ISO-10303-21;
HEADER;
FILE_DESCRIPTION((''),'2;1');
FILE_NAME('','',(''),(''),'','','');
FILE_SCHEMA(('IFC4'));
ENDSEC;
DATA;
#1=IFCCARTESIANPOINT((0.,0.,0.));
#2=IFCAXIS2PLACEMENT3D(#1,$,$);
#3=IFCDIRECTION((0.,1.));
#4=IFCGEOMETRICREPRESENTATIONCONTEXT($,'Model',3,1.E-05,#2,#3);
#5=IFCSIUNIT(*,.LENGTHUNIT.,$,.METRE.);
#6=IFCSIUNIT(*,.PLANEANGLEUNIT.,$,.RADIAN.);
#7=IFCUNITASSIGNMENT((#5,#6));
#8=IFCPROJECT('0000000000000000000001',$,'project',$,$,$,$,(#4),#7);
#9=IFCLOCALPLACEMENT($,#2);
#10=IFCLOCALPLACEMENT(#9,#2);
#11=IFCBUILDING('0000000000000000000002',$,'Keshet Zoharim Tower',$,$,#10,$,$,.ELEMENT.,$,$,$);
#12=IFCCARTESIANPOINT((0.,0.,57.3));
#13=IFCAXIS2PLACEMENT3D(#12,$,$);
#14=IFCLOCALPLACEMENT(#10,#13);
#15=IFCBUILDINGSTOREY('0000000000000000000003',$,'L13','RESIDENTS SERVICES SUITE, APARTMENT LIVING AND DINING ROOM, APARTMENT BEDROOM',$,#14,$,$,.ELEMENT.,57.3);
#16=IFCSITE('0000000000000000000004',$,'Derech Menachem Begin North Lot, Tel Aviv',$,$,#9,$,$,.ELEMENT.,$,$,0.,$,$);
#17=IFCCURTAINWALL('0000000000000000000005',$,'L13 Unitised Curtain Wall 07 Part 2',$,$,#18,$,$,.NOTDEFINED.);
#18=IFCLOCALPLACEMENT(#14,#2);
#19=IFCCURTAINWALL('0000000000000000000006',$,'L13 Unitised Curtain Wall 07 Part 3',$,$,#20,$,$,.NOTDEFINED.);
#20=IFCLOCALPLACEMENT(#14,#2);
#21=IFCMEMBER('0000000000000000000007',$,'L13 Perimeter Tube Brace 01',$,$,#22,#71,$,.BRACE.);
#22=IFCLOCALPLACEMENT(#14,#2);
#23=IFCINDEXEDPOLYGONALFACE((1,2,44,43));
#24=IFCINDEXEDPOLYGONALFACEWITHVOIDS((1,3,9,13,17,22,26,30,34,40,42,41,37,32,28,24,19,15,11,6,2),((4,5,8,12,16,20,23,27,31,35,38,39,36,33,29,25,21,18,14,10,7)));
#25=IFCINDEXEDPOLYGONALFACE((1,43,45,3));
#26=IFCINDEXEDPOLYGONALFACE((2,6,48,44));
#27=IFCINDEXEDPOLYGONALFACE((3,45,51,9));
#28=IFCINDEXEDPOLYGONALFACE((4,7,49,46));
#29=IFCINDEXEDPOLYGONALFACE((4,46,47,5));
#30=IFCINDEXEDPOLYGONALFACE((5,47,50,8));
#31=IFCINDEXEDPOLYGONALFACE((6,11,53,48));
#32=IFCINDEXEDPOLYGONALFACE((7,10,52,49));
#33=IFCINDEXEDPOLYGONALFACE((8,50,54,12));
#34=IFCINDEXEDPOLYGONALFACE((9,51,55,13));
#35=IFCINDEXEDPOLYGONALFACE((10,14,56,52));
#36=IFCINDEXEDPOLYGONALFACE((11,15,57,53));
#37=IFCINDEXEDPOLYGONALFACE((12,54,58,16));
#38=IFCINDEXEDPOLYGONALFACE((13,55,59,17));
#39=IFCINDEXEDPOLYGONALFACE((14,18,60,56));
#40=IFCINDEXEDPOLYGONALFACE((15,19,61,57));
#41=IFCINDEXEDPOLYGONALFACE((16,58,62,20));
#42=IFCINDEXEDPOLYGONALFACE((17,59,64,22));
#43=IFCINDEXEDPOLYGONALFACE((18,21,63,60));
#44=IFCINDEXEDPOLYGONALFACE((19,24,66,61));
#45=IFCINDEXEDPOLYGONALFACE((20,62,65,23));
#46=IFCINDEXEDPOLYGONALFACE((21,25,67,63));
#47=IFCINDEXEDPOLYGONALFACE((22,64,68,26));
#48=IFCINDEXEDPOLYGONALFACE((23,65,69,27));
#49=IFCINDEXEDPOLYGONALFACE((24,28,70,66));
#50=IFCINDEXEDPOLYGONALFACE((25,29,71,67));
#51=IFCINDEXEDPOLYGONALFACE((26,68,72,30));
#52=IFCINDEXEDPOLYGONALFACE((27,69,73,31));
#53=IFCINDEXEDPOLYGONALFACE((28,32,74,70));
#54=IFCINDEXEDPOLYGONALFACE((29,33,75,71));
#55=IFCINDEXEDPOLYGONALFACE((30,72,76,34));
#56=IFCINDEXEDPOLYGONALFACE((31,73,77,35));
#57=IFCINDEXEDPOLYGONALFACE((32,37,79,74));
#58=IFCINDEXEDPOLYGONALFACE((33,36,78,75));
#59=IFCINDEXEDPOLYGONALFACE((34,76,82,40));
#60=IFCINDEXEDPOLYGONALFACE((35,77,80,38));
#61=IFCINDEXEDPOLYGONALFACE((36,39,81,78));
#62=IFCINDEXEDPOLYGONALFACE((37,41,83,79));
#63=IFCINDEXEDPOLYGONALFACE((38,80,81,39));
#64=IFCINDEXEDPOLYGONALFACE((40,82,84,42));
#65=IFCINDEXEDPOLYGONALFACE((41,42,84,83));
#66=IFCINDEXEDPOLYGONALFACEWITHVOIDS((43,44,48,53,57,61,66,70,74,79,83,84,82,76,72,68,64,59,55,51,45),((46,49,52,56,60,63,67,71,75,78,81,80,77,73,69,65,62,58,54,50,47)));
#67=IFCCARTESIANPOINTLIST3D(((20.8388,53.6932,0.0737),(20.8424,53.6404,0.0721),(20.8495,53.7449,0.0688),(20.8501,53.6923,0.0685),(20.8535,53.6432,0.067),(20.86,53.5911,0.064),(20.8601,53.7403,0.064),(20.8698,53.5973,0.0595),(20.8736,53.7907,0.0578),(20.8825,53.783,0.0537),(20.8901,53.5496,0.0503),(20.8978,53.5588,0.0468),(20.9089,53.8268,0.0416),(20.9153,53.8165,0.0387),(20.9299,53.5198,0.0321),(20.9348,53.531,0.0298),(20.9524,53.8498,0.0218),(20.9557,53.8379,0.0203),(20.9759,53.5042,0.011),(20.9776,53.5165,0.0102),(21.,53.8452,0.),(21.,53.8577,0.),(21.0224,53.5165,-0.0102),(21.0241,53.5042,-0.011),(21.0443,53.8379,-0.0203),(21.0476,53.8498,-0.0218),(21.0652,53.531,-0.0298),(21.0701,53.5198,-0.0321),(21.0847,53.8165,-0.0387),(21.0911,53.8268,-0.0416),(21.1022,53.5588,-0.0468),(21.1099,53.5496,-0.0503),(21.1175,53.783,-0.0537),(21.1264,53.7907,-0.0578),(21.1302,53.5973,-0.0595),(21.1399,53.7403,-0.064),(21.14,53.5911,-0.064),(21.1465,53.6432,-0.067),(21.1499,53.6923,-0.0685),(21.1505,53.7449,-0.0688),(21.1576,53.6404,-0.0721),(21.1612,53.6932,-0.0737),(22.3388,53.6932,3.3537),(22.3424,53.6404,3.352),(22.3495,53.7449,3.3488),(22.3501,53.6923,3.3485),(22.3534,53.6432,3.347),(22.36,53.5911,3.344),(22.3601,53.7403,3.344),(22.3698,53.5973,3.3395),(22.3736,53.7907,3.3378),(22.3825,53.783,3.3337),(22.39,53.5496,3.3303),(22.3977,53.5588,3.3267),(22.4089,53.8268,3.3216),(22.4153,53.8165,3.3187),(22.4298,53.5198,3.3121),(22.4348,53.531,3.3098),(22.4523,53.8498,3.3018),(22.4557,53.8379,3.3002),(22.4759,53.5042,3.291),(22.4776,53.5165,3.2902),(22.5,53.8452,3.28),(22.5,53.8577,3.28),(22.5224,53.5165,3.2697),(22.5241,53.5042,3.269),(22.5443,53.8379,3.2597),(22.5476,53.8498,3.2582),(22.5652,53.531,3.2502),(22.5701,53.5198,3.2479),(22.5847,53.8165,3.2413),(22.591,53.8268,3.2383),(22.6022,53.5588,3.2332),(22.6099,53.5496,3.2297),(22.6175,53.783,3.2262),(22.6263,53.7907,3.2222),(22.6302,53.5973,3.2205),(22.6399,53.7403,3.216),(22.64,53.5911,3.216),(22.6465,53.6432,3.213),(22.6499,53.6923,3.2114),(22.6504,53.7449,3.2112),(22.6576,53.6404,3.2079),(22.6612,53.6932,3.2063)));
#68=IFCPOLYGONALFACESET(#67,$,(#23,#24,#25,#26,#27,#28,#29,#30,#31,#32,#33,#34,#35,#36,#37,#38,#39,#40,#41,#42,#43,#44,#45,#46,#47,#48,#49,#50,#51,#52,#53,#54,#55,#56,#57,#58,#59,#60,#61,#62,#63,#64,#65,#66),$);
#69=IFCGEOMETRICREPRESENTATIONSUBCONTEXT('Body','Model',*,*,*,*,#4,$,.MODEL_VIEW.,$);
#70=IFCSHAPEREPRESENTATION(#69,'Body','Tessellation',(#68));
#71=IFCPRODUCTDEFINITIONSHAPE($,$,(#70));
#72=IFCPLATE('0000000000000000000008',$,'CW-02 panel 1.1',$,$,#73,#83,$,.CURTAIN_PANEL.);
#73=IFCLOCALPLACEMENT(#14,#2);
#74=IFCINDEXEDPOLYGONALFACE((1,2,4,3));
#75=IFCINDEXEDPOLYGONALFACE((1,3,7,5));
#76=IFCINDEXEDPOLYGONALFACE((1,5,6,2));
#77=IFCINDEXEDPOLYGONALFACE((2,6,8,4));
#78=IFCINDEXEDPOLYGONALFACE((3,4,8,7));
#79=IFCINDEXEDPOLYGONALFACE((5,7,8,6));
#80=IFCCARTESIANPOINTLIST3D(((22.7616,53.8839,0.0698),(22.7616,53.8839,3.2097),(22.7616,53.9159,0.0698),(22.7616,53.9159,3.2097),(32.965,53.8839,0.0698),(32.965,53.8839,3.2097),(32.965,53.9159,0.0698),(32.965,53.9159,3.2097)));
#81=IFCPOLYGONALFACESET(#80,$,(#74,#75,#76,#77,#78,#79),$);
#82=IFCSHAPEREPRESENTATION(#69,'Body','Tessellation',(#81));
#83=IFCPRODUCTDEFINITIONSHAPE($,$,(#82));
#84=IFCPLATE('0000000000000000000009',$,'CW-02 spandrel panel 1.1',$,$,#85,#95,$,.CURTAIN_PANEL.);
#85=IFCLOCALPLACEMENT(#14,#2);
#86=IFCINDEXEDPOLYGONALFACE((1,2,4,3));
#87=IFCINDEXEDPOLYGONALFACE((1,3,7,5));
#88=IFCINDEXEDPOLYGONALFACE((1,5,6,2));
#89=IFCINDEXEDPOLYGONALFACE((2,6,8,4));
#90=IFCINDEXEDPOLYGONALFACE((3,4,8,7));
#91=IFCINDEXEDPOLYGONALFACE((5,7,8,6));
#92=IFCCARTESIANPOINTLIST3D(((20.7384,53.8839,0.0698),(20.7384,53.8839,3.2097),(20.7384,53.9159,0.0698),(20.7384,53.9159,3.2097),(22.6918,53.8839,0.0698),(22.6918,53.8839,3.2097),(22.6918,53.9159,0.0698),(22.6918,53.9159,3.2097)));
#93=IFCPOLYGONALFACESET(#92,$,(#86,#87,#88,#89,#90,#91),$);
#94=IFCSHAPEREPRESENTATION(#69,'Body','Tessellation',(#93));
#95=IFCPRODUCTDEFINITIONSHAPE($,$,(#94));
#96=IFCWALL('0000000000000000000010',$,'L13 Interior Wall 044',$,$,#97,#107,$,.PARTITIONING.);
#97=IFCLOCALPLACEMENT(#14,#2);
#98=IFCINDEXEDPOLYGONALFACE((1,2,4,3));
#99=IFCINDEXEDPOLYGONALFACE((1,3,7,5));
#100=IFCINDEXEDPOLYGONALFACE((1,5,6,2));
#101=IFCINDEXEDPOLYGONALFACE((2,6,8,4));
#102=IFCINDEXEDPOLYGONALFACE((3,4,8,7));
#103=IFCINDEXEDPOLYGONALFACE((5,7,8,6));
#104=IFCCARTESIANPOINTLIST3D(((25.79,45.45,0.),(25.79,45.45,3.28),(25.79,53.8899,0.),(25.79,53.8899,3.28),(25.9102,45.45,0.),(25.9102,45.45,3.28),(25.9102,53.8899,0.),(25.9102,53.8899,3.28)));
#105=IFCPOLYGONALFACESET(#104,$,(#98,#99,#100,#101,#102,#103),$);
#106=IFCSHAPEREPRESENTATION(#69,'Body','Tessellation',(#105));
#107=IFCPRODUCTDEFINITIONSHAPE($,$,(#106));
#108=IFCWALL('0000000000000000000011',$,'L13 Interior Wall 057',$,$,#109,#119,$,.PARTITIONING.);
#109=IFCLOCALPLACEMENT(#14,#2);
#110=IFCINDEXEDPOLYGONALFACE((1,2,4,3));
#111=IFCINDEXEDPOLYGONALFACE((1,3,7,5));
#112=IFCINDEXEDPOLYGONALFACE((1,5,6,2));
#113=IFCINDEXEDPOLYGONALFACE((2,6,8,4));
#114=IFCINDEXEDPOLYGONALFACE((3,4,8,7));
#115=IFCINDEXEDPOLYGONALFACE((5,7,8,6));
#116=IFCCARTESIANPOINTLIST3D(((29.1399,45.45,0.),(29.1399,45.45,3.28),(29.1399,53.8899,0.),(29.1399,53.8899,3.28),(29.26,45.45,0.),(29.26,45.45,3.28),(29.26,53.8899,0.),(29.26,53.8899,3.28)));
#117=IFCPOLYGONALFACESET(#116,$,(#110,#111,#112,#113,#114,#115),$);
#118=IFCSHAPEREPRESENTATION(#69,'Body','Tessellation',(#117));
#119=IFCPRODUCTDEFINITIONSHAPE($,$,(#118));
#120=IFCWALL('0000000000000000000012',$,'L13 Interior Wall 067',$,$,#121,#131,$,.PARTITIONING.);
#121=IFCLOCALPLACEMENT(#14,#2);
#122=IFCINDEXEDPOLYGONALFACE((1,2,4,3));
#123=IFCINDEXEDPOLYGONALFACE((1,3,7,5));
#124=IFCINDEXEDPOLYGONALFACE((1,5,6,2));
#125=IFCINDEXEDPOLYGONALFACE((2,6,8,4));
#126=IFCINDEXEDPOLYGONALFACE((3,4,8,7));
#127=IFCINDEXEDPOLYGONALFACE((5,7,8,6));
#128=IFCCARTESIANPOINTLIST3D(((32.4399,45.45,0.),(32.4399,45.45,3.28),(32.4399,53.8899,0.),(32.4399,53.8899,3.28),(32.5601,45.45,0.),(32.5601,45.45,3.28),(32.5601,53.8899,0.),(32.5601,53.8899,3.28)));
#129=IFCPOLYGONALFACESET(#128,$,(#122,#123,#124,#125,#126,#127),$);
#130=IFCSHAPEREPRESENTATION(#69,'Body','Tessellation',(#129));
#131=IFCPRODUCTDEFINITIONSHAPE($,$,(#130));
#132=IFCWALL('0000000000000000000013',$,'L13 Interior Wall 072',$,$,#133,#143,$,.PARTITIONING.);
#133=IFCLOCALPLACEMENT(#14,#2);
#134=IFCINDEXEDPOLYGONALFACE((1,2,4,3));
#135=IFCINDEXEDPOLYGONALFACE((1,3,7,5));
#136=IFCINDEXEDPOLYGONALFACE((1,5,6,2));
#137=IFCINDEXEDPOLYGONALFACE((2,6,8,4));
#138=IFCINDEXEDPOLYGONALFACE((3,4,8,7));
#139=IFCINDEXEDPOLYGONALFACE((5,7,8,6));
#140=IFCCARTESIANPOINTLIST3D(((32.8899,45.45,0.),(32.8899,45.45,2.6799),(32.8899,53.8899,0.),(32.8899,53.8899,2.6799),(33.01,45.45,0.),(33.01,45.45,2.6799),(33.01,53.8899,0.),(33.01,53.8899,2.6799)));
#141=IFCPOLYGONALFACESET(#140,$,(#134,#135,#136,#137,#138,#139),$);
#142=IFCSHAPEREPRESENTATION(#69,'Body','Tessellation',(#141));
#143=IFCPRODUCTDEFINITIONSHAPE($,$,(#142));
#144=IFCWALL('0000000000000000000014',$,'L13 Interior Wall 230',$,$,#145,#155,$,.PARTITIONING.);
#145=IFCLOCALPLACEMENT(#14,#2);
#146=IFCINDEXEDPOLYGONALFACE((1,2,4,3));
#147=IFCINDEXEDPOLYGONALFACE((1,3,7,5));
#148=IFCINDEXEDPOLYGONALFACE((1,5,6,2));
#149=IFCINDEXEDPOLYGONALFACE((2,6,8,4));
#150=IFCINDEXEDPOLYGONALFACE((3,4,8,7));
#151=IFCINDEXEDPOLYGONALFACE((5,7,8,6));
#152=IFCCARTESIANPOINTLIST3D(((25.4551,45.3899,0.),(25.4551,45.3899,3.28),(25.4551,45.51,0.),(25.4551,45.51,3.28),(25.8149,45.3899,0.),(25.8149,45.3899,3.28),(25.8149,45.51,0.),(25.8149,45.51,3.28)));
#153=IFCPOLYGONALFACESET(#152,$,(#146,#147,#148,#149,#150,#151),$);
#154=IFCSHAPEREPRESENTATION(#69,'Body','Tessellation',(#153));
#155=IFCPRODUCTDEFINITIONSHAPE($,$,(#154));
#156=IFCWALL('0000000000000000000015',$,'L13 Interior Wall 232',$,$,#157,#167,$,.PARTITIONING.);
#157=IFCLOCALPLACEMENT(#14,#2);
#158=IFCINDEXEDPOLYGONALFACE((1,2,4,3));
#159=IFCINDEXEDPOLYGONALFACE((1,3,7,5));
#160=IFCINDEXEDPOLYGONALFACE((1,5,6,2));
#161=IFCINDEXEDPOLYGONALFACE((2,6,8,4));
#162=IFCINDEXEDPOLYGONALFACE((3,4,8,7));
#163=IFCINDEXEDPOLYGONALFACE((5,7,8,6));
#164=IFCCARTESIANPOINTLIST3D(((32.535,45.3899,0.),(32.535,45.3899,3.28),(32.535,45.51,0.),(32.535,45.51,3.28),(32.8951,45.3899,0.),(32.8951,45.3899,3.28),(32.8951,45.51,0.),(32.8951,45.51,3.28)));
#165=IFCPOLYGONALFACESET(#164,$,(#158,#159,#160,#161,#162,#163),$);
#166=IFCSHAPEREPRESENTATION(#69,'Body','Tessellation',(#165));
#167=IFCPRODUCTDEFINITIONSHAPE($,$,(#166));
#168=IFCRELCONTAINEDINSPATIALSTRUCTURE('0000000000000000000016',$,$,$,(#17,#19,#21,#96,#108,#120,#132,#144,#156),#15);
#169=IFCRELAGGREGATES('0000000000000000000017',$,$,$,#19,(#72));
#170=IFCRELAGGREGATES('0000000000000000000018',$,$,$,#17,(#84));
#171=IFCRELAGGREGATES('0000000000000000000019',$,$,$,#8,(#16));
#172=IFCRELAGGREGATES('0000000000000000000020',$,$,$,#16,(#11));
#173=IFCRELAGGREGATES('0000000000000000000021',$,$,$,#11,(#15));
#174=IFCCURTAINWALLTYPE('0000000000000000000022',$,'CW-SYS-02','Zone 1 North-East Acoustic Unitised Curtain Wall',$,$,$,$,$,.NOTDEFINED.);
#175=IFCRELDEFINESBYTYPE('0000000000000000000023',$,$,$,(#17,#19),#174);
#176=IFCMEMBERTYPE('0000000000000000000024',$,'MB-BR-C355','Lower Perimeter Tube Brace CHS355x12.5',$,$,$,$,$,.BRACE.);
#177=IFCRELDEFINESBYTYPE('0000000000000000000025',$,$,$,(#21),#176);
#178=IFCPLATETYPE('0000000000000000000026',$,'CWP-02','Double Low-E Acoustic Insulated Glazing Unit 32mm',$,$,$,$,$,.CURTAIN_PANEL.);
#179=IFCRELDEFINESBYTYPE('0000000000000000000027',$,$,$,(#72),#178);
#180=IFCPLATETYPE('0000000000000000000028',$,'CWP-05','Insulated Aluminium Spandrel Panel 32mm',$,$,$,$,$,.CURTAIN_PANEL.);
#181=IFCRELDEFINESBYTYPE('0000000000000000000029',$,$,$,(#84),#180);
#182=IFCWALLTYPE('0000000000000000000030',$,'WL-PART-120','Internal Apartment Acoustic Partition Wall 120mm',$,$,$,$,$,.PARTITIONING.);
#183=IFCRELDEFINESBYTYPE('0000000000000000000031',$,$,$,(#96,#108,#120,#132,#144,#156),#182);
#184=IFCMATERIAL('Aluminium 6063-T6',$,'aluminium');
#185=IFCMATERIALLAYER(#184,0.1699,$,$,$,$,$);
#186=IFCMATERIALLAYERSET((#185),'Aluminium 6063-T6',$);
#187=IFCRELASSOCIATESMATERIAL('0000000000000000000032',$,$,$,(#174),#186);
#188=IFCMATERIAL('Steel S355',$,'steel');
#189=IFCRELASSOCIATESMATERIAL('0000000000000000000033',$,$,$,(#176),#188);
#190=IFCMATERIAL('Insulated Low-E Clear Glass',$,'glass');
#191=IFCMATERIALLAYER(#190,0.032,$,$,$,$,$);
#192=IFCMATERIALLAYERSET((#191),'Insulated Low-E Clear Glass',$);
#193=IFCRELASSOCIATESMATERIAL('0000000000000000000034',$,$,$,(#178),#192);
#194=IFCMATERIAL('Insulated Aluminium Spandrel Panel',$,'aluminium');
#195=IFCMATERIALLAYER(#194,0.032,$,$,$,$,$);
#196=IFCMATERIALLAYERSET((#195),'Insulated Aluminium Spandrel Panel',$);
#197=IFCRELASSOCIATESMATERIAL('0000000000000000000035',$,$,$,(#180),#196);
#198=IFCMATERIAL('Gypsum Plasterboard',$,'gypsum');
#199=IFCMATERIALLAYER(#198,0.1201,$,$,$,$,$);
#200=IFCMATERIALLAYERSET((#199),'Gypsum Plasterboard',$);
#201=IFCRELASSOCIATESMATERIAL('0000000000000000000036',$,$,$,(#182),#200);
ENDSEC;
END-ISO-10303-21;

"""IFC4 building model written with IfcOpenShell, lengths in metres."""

from ifc_helpers import new_model, si_unit, direction, frame, frame_2d, origin, origin_2d, place, context, subcontext, project, spatial, rectangle, hollow_circle, extrude, material, layer, layer_set, material_profile, profile_set, type_object, element, aggregate, save


model = new_model("IFC4")

# Units and contexts
model_context = context("Model", 3, precision=1e-05, world=origin(), true_north=direction((0.0, 1.0)))
body_context = subcontext(model_context, "Body", "Model", "MODEL_VIEW")
ifc_project = project(units=[si_unit("LENGTHUNIT", "METRE"), si_unit("PLANEANGLEUNIT", "RADIAN")], contexts=[model_context])

# Site, building, storey
site_placement = place(None, origin())
site = spatial("IfcSite", under=ifc_project, at=site_placement, Name="Derech Menachem Begin North Lot, Tel Aviv", CompositionType="ELEMENT", RefElevation=0.0)
building_placement = place(site_placement, origin())
building = spatial("IfcBuilding", under=site, at=building_placement, Name="Keshet Zoharim Tower", CompositionType="ELEMENT")
storey_placement = place(building_placement, frame((0.0, 0.0, 57.3)))
storey = spatial("IfcBuildingStorey", under=building, at=storey_placement, Name="L13", Description="RESIDENTS SERVICES SUITE, APARTMENT LIVING AND DINING ROOM, APARTMENT BEDROOM", CompositionType="ELEMENT", Elevation=57.3)

# Shared definitions
ifc_material_1 = material(Name="Steel S355", Category="steel")

# Curtain wall
ifc_material_2 = material(Name="Aluminium 6063-T6", Category="aluminium")
ifc_layer_1 = layer(ifc_material_2, 0.1699)
ifc_layer_set_1 = layer_set([ifc_layer_1], Name="Aluminium 6063-T6")
curtain_wall_type = type_object("IfcCurtainWallType", Name="CW-SYS-02", Description="Zone 1 North-East Acoustic Unitised Curtain Wall", PredefinedType="NOTDEFINED", material=ifc_layer_set_1)
curtain_wall_1_placement = place(storey_placement, origin())
curtain_wall_1 = element("IfcCurtainWall", 1, at=curtain_wall_1_placement, inside=storey, type_object=curtain_wall_type, Name="L13 Unitised Curtain Wall 07 Part 2", PredefinedType="NOTDEFINED")

# Curtain wall
curtain_wall_2_placement = place(storey_placement, origin())
curtain_wall_2 = element("IfcCurtainWall", 2, at=curtain_wall_2_placement, inside=storey, type_object=curtain_wall_type, Name="L13 Unitised Curtain Wall 07 Part 3", PredefinedType="NOTDEFINED")

# Member
ifc_material_profile_1 = material_profile(ifc_material_1, hollow_circle(Radius=0.1777, WallThickness=0.0125, at=origin_2d()), Name="CHS355x12.5")
ifc_profile_set_1 = profile_set([ifc_material_profile_1], Name="Steel S355")
member_type_1 = type_object("IfcMemberType", Name="MB-BR-C355", Description="Lower Perimeter Tube Brace CHS355x12.5", PredefinedType="BRACE", material=ifc_profile_set_1)
member_1_placement = place(storey_placement, frame((21.0, 53.6799, 0.0), z_axis=(0.415888, 0.0, 0.909416), x_axis=(0.0, 1.0, 0.0)))
element("IfcMember", 3, at=member_1_placement, inside=storey, type_object=member_type_1, Name="L13 Perimeter Tube Brace 01", PredefinedType="BRACE", context=body_context, shape_type="SweptSolid", body=[
    extrude(hollow_circle(Radius=0.1777, WallThickness=0.0125, at=origin_2d()), origin(), (0.0, 0.0, 1.0), 3.6067),
])

# Plates
ifc_material_3 = material(Name="Insulated Low-E Clear Glass", Category="glass")
ifc_layer_2 = layer(ifc_material_3, 0.032)
ifc_layer_set_2 = layer_set([ifc_layer_2], Name="Insulated Low-E Clear Glass")
plate_type_1 = type_object("IfcPlateType", Name="CWP-02", Description="Double Low-E Acoustic Insulated Glazing Unit 32mm", PredefinedType="CURTAIN_PANEL", material=ifc_layer_set_2)
plate_1_placement = place(storey_placement, frame((27.8633, 53.8999, 0.0698), z_axis=(0.0, 0.0, 1.0), x_axis=(1.0, 0.0, 0.0)))
plate_1 = element("IfcPlate", 4, at=plate_1_placement, type_object=plate_type_1, Name="CW-02 panel 1.1", PredefinedType="CURTAIN_PANEL", context=body_context, shape_type="SweptSolid", body=[
    extrude(rectangle(XDim=10.2034, YDim=0.032, at=origin_2d()), origin(), (0.0, 0.0, 1.0), 3.1399),
])
aggregate(curtain_wall_2, [plate_1])
ifc_material_4 = material(Name="Insulated Aluminium Spandrel Panel", Category="aluminium")
ifc_layer_3 = layer(ifc_material_4, 0.032)
ifc_layer_set_3 = layer_set([ifc_layer_3], Name="Insulated Aluminium Spandrel Panel")
plate_type_2 = type_object("IfcPlateType", Name="CWP-05", Description="Insulated Aluminium Spandrel Panel 32mm", PredefinedType="CURTAIN_PANEL", material=ifc_layer_set_3)
plate_2_placement = place(storey_placement, frame((21.7151, 53.8999, 0.0698), z_axis=(0.0, 0.0, 1.0), x_axis=(1.0, 0.0, 0.0)))
plate_2 = element("IfcPlate", 5, at=plate_2_placement, type_object=plate_type_2, Name="CW-02 spandrel panel 1.1", PredefinedType="CURTAIN_PANEL", context=body_context, shape_type="SweptSolid", body=[
    extrude(rectangle(XDim=1.9534, YDim=0.032, at=origin_2d()), origin(), (0.0, 0.0, 1.0), 3.1399),
])
aggregate(curtain_wall_1, [plate_2])

# Walls
ifc_material_5 = material(Name="Gypsum Plasterboard", Category="gypsum")
ifc_layer_4 = layer(ifc_material_5, 0.1201)
ifc_layer_set_4 = layer_set([ifc_layer_4], Name="Gypsum Plasterboard")
wall_type = type_object("IfcWallType", Name="WL-PART-120", Description="Internal Apartment Acoustic Partition Wall 120mm", PredefinedType="PARTITIONING", material=ifc_layer_set_4)
for number, where, z_axis, x_axis, name in (
    (6, (25.8501, 45.45, 0.0), (0.0, 0.0, 1.0), (0.0, 1.0, 0.0), "L13 Interior Wall 044"),
    (7, (29.2, 45.45, 0.0), (0.0, 0.0, 1.0), (0.0, 1.0, 0.0), "L13 Interior Wall 057"),
    (8, (32.5, 45.45, 0.0), (0.0, 0.0, 1.0), (0.0, 1.0, 0.0), "L13 Interior Wall 067"),
):
    element("IfcWall", number, at=place(storey_placement, frame(where, z_axis=z_axis, x_axis=x_axis)), inside=storey, type_object=wall_type, Name=name, PredefinedType="PARTITIONING", context=body_context, shape_type="SweptSolid", body=[
        extrude(rectangle(XDim=8.4399, YDim=0.1201, at=frame_2d((4.22, 0.0))), origin(), (0.0, 0.0, 1.0), 3.28),
    ])
wall_1_placement = place(storey_placement, frame((32.95, 45.45, 0.0), z_axis=(0.0, 0.0, 1.0), x_axis=(0.0, 1.0, 0.0)))
element("IfcWall", 9, at=wall_1_placement, inside=storey, type_object=wall_type, Name="L13 Interior Wall 072", PredefinedType="PARTITIONING", context=body_context, shape_type="SweptSolid", body=[
    extrude(rectangle(XDim=8.4399, YDim=0.1201, at=frame_2d((4.22, 0.0))), origin(), (0.0, 0.0, 1.0), 2.6799),
])
wall_2_placement = place(storey_placement, frame((25.4551, 45.45, 0.0), z_axis=(0.0, 0.0, 1.0), x_axis=(1.0, 0.0, 0.0)))
element("IfcWall", 10, at=wall_2_placement, inside=storey, type_object=wall_type, Name="L13 Interior Wall 230", PredefinedType="PARTITIONING", context=body_context, shape_type="SweptSolid", body=[
    extrude(rectangle(XDim=0.3599, YDim=0.1201, at=frame_2d((0.1799, 0.0))), origin(), (0.0, 0.0, 1.0), 3.28),
])

# Wall
wall_3_placement = place(storey_placement, frame((32.5349, 45.45, 0.0), z_axis=(0.0, 0.0, 1.0), x_axis=(1.0, 0.0, 0.0)))
element("IfcWall", 11, at=wall_3_placement, inside=storey, type_object=wall_type, Name="L13 Interior Wall 232", PredefinedType="PARTITIONING", context=body_context, shape_type="SweptSolid", body=[
    extrude(rectangle(XDim=0.3601, YDim=0.1201, at=frame_2d((0.1802, 0.0))), origin(), (0.0, 0.0, 1.0), 3.28),
])

save(model, "model.ifc")
